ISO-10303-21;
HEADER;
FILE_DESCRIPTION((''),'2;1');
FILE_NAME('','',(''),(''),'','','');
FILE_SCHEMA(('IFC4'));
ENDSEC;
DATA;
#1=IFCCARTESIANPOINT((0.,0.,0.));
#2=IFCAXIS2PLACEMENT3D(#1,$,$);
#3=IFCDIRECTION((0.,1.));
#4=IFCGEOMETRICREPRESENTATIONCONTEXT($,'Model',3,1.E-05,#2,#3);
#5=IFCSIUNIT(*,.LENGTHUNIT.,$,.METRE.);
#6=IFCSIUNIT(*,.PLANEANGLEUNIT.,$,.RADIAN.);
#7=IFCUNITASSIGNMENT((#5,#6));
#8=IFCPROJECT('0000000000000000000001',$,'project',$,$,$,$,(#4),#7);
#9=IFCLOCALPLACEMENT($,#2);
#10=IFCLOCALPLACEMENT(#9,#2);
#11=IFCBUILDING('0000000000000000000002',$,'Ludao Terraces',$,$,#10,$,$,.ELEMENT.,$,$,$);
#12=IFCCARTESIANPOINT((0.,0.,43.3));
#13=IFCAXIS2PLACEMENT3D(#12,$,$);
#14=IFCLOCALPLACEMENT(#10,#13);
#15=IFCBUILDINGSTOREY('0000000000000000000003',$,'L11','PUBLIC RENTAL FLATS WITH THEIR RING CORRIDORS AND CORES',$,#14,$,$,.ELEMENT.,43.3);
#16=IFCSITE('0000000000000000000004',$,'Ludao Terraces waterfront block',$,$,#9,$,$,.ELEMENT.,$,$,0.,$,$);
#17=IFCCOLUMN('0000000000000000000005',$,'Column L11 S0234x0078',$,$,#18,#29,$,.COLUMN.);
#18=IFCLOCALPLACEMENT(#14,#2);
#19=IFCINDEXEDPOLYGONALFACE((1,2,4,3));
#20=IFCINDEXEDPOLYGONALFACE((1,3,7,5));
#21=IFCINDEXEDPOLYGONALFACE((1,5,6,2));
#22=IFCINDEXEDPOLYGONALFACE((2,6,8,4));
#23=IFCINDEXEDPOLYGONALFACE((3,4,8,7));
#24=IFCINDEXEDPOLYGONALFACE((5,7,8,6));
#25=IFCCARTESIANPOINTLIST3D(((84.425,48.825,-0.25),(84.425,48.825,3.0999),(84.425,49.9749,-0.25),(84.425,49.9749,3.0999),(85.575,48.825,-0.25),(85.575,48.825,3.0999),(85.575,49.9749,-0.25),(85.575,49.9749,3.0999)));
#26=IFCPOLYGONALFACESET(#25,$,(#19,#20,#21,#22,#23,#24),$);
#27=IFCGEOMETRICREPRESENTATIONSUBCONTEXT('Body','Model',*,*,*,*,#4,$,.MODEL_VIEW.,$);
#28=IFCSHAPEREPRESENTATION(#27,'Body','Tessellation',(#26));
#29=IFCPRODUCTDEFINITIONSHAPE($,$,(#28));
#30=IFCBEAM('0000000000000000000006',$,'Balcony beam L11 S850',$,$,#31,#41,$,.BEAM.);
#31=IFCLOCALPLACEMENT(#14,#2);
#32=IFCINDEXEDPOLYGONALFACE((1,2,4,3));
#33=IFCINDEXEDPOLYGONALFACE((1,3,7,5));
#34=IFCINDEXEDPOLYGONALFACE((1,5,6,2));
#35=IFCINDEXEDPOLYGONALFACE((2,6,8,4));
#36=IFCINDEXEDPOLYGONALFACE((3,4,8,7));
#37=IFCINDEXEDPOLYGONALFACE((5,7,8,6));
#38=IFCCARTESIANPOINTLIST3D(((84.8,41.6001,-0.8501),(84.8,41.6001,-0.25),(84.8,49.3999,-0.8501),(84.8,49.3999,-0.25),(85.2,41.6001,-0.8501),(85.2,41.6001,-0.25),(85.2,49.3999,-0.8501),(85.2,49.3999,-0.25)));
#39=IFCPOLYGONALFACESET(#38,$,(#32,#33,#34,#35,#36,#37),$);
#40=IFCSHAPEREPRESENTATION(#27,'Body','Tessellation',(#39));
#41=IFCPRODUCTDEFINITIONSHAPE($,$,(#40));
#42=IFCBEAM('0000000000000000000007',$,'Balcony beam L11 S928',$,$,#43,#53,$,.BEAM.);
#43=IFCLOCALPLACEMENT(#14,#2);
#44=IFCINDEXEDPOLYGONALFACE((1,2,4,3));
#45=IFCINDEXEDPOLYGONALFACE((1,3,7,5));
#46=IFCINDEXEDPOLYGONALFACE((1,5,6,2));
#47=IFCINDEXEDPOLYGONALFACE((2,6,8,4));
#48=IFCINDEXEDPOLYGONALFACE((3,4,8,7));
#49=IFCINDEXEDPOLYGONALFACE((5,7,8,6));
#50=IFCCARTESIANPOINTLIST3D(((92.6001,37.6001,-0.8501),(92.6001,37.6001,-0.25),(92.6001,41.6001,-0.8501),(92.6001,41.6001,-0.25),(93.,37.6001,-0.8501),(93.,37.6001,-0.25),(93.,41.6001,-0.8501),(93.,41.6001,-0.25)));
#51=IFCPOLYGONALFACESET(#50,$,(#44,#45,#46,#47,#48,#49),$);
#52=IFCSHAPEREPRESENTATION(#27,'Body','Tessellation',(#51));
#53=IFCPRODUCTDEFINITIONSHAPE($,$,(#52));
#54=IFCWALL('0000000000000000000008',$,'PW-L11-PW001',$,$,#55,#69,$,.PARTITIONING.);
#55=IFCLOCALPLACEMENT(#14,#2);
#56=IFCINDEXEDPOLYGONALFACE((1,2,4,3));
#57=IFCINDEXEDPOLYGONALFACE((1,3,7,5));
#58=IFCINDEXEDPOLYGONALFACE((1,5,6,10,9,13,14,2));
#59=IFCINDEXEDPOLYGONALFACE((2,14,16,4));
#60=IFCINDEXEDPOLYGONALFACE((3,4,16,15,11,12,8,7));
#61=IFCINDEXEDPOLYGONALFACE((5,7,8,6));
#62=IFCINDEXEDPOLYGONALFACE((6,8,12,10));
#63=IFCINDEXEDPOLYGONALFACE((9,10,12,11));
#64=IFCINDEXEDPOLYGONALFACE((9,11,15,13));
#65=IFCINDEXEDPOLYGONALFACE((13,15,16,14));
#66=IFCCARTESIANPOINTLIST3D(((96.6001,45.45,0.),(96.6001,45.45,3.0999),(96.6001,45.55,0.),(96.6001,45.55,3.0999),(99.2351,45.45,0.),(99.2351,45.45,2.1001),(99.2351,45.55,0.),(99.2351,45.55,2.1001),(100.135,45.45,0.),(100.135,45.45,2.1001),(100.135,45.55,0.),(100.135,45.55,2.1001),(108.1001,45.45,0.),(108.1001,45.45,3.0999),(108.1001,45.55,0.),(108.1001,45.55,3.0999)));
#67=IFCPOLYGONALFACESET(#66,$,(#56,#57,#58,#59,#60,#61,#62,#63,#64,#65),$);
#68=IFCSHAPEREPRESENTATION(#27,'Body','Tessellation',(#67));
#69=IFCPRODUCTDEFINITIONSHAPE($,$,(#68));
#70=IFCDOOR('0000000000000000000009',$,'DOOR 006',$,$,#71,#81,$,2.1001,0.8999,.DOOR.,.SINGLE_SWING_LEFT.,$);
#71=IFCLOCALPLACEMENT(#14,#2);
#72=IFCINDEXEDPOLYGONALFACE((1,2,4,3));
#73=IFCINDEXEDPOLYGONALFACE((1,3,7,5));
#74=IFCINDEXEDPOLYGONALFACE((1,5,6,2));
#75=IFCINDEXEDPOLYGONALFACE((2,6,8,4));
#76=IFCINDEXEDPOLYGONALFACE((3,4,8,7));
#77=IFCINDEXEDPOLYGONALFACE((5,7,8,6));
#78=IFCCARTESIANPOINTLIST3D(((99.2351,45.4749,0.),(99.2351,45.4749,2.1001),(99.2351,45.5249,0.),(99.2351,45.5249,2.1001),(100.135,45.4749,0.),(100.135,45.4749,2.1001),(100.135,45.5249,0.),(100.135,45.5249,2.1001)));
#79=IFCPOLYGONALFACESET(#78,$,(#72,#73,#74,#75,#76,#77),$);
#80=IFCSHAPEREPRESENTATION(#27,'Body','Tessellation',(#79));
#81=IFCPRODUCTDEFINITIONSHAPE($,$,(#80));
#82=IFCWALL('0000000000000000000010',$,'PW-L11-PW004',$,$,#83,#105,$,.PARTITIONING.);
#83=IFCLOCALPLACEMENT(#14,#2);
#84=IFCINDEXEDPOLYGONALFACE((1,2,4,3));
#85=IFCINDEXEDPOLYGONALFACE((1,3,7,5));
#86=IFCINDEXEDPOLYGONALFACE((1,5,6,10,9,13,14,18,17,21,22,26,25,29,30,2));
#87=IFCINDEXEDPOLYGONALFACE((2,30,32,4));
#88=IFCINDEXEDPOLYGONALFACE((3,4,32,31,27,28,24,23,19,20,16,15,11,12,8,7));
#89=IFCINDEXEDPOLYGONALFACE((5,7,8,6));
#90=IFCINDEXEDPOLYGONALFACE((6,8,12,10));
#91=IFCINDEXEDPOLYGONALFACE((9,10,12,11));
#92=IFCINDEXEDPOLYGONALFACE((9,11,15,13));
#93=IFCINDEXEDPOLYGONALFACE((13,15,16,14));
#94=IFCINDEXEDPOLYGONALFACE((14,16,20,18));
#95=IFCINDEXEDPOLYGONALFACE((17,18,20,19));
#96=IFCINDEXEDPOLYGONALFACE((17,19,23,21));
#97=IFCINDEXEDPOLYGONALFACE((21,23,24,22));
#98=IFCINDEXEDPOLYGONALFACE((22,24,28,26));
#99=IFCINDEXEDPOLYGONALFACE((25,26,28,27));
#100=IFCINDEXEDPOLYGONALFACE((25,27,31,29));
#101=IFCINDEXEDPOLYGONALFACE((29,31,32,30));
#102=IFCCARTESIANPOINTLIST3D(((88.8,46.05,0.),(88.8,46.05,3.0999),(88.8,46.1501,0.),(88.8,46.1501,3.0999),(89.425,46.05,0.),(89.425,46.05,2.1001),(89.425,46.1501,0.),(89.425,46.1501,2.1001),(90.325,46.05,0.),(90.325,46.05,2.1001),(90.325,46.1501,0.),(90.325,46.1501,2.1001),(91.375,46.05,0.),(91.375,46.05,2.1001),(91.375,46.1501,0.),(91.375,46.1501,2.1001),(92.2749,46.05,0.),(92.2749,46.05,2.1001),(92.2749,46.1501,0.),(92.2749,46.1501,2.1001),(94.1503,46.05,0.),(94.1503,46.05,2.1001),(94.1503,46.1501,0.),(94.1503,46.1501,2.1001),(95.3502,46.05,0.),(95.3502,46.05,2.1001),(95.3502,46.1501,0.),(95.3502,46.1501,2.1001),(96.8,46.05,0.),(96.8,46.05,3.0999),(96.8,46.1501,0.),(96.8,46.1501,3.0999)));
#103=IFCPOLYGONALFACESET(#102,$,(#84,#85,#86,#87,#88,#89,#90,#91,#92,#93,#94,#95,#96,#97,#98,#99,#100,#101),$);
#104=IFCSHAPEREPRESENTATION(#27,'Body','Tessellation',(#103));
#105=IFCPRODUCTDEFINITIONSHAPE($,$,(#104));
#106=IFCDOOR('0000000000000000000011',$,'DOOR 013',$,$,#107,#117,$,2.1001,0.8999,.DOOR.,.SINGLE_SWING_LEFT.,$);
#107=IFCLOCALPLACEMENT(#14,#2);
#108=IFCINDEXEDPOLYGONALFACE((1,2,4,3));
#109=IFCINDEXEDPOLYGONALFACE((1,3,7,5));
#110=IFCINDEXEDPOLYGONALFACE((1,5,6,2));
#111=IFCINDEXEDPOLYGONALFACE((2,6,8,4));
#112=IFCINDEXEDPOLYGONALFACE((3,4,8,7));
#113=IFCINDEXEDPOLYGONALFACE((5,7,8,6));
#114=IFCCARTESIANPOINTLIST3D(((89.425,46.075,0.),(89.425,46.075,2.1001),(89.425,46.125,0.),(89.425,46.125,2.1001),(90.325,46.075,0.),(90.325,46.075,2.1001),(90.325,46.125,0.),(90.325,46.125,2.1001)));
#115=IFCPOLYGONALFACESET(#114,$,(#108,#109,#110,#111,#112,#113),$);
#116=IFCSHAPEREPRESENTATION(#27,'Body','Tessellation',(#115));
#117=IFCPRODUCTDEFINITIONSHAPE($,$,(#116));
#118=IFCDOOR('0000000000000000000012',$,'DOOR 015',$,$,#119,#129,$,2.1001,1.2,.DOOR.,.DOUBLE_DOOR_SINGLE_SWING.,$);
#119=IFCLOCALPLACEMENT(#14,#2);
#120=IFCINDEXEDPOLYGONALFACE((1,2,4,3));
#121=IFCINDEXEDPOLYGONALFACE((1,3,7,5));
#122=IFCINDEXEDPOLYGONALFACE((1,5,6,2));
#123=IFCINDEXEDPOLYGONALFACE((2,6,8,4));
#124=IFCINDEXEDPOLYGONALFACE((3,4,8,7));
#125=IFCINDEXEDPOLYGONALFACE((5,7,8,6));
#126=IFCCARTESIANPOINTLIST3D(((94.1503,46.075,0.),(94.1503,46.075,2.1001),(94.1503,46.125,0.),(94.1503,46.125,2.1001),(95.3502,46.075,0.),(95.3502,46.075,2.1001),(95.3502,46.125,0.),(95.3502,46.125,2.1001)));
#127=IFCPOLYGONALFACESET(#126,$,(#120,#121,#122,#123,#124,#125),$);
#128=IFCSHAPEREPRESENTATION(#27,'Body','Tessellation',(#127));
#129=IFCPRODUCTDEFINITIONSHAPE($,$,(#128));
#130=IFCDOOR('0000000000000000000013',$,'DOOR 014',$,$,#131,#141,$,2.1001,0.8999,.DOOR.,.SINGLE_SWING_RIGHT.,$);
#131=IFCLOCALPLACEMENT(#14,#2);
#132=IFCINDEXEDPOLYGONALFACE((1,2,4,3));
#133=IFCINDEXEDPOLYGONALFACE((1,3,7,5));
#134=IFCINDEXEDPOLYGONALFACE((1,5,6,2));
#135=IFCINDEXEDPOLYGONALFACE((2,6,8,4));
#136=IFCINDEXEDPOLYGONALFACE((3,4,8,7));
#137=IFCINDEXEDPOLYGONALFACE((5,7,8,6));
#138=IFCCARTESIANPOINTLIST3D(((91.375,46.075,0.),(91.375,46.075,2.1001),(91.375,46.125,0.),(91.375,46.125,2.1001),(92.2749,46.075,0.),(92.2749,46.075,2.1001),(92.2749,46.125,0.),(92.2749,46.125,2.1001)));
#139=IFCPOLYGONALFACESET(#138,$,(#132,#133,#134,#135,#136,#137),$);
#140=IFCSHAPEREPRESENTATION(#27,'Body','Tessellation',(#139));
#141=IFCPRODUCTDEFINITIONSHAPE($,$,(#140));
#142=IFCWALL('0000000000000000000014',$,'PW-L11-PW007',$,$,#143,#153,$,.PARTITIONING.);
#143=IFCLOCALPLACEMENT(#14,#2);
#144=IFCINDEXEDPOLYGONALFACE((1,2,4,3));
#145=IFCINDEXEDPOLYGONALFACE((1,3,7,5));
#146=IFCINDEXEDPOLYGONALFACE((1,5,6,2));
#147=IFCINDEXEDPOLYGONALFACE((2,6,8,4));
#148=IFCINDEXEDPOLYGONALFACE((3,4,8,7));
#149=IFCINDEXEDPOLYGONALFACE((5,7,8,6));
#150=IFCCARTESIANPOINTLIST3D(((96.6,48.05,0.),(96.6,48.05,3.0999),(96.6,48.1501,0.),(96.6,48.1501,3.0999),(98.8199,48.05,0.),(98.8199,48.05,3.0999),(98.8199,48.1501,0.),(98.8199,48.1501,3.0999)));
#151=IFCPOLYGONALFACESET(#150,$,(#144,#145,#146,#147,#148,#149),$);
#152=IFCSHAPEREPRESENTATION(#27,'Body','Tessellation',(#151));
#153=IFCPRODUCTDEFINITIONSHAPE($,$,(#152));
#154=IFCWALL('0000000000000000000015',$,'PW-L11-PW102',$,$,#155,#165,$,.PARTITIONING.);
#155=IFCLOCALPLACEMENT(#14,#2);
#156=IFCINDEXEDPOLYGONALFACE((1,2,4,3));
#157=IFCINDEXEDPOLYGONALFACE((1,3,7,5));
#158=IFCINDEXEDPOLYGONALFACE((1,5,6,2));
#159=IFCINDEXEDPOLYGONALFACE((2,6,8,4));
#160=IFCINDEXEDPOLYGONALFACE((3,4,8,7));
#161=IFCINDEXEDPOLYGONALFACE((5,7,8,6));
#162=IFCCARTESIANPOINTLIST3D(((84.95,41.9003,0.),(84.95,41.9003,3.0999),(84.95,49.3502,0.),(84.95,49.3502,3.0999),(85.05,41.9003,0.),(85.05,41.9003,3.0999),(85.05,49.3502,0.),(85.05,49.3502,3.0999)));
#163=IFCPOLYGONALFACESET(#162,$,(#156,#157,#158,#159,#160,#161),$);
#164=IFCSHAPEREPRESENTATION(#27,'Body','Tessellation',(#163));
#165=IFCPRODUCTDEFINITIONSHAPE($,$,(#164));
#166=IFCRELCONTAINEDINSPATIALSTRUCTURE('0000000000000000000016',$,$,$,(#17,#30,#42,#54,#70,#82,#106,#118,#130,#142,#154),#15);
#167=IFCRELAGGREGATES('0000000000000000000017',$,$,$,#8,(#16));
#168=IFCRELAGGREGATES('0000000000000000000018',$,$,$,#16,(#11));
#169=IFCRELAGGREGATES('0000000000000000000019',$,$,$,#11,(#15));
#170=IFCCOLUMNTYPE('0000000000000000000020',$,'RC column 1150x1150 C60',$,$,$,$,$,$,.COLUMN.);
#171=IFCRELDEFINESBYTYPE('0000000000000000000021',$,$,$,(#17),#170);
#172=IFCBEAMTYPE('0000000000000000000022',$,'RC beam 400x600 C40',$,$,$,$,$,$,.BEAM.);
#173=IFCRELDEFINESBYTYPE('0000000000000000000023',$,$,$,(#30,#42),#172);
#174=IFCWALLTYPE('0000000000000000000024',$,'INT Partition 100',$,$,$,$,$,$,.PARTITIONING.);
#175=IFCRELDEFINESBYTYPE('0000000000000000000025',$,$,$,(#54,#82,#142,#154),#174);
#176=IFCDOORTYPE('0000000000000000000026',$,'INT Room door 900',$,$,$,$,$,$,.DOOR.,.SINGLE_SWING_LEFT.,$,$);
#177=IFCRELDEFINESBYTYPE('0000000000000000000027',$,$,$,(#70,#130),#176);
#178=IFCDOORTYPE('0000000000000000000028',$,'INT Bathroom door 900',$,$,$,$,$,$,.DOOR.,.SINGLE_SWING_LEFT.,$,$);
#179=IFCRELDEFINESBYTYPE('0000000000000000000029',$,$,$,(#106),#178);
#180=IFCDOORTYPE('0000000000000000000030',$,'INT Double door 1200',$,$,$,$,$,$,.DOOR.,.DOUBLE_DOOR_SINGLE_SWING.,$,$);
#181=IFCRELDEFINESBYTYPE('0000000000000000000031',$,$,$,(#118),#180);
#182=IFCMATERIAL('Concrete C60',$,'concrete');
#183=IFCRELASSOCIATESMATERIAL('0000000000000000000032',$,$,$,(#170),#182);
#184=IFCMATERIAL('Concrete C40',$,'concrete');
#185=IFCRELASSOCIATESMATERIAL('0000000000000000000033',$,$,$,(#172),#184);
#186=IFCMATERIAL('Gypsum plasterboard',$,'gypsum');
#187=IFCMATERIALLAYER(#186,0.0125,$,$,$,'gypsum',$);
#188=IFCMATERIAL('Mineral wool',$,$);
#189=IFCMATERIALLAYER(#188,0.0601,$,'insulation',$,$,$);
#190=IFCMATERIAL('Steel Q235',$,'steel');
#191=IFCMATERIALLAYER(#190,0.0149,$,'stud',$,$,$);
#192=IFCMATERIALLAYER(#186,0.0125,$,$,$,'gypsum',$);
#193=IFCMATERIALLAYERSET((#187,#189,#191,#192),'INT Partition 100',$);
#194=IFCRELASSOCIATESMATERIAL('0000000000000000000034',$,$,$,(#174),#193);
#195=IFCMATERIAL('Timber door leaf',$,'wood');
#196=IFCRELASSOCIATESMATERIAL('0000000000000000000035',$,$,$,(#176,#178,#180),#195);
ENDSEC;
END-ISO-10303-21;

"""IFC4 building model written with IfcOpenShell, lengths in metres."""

from ifc_helpers import new_model, si_unit, direction, frame, frame_2d, origin, origin_2d, place, context, subcontext, project, spatial, rectangle, extrude, material, layer, layer_set, material_profile, profile_set, type_object, element, fill, save


model = new_model("IFC4")

# Units and contexts
model_context = context("Model", 3, precision=1e-05, world=origin(), true_north=direction((0.0, 1.0)))
body_context = subcontext(model_context, "Body", "Model", "MODEL_VIEW")
ifc_project = project(units=[si_unit("LENGTHUNIT", "METRE"), si_unit("PLANEANGLEUNIT", "RADIAN")], contexts=[model_context])

# Site, building, storey
site_placement = place(None, origin())
site = spatial("IfcSite", under=ifc_project, at=site_placement, Name="Ludao Terraces waterfront block", CompositionType="ELEMENT", RefElevation=0.0)
building_placement = place(site_placement, origin())
building = spatial("IfcBuilding", under=site, at=building_placement, Name="Ludao Terraces", CompositionType="ELEMENT")
storey_placement = place(building_placement, frame((0.0, 0.0, 43.3)))
storey = spatial("IfcBuildingStorey", under=building, at=storey_placement, Name="L11", Description="PUBLIC RENTAL FLATS WITH THEIR RING CORRIDORS AND CORES", CompositionType="ELEMENT", Elevation=43.3)

# Column
ifc_material_1 = material(Name="Concrete C60", Category="concrete")
ifc_material_profile_1 = material_profile(ifc_material_1, rectangle(XDim=1.1499, YDim=1.1499, at=origin_2d()), Name="1150 X 1150")
ifc_profile_set_1 = profile_set([ifc_material_profile_1], Name="Concrete C60")
column_type = type_object("IfcColumnType", Name="RC column 1150x1150 C60", PredefinedType="COLUMN", material=ifc_profile_set_1)
column_placement = place(storey_placement, frame((85.0, 49.3999, -0.25), z_axis=(0.0, 0.0, 1.0), x_axis=(1.0, 0.0, 0.0)))
element("IfcColumn", 1, at=column_placement, inside=storey, type_object=column_type, Name="Column L11 S0234x0078", PredefinedType="COLUMN", context=body_context, shape_type="SweptSolid", body=[
    extrude(rectangle(XDim=1.1499, YDim=1.1499, at=origin_2d()), origin(), (0.0, 0.0, 1.0), 3.3499),
])

# Beams
ifc_material_2 = material(Name="Concrete C40", Category="concrete")
ifc_material_profile_2 = material_profile(ifc_material_2, rectangle(XDim=0.3999, YDim=0.6001, at=origin_2d()), Name="400 X 600")
ifc_profile_set_2 = profile_set([ifc_material_profile_2], Name="Concrete C40")
beam_type = type_object("IfcBeamType", Name="RC beam 400x600 C40", PredefinedType="BEAM", material=ifc_profile_set_2)
beam_1_placement = place(storey_placement, frame((85.0, 49.3999, -0.55), z_axis=(0.0, -1.0, 0.0), x_axis=(1.0, 0.0, 0.0)))
element("IfcBeam", 2, at=beam_1_placement, inside=storey, type_object=beam_type, Name="Balcony beam L11 S850", PredefinedType="BEAM", context=body_context, shape_type="SweptSolid", body=[
    extrude(rectangle(XDim=0.3999, YDim=0.6001, at=origin_2d()), origin(), (0.0, 0.0, 1.0), 7.7998),
])
beam_2_placement = place(storey_placement, frame((92.8, 41.6001, -0.55), z_axis=(0.0, -1.0, 0.0), x_axis=(1.0, 0.0, 0.0)))
element("IfcBeam", 3, at=beam_2_placement, inside=storey, type_object=beam_type, Name="Balcony beam L11 S928", PredefinedType="BEAM", context=body_context, shape_type="SweptSolid", body=[
    extrude(rectangle(XDim=0.3999, YDim=0.6001, at=origin_2d()), origin(), (0.0, 0.0, 1.0), 4.0),
])

# Shared definitions
ifc_material_3 = material(Name="Mineral wool")

# Wall, opening, door
ifc_material_4 = material(Name="Gypsum plasterboard", Category="gypsum")
ifc_layer_1 = layer(ifc_material_4, 0.0125, Category="gypsum")
ifc_layer_2 = layer(ifc_material_3, 0.0601, Name="insulation")
ifc_material_5 = material(Name="Steel Q235", Category="steel")
ifc_layer_3 = layer(ifc_material_5, 0.0149, Name="stud")
ifc_layer_4 = layer(ifc_material_4, 0.0125, Category="gypsum")
ifc_layer_set_1 = layer_set([ifc_layer_1, ifc_layer_2, ifc_layer_3, ifc_layer_4], Name="INT Partition 100")
wall_type_1 = type_object("IfcWallType", Name="INT Partition 100", PredefinedType="PARTITIONING", material=ifc_layer_set_1)
wall_1_placement = place(storey_placement, frame((96.6001, 45.5, 0.0), z_axis=(0.0, 0.0, 1.0), x_axis=(1.0, 0.0, 0.0)))
wall_1 = element("IfcWall", 4, at=wall_1_placement, inside=storey, type_object=wall_type_1, Name="PW-L11-PW001", PredefinedType="PARTITIONING", context=body_context, shape_type="SweptSolid", body=[
    extrude(rectangle(XDim=11.5, YDim=0.1001, at=frame_2d((5.75, 0.0))), origin(), (0.0, 0.0, 1.0), 3.0999),
])
opening_1_placement = place(wall_1_placement, frame((2.635, 0.0, 0.0)))
opening_1 = element("IfcOpeningElement", 5, at=opening_1_placement, cuts=wall_1, PredefinedType="OPENING", context=body_context, shape_type="SweptSolid", body=[
    extrude(rectangle(XDim=0.8999, YDim=2.1001, at=frame_2d((0.45, 1.05))), frame((0.0, 0.0601, 0.0), z_axis=(0.0, -1.0, 0.0), x_axis=(1.0, 0.0, 0.0)), (0.0, 0.0, 1.0), 0.1201),
])
ifc_material_6 = material(Name="Timber door leaf", Category="wood")
door_type_1 = type_object("IfcDoorType", Name="INT Room door 900", OperationType="SINGLE_SWING_LEFT", PredefinedType="DOOR", material=ifc_material_6)
door_1_placement = place(opening_1_placement, origin())
door_1 = element("IfcDoor", 6, at=door_1_placement, inside=storey, type_object=door_type_1, Name="DOOR 006", OperationType="SINGLE_SWING_LEFT", OverallHeight=2.1001, OverallWidth=0.8999, PredefinedType="DOOR", context=body_context, shape_type="SweptSolid", body=[
    extrude(rectangle(XDim=0.8999, YDim=2.1001, at=frame_2d((0.45, 1.05))), frame((0.0, 0.0249, 0.0), z_axis=(0.0, -1.0, 0.0), x_axis=(1.0, 0.0, 0.0)), (0.0, 0.0, 1.0), 0.05),
])
fill(opening_1, door_1)

# Wall, openings, doors
wall_2_placement = place(storey_placement, frame((88.8, 46.1001, 0.0), z_axis=(0.0, 0.0, 1.0), x_axis=(1.0, 0.0, 0.0)))
wall_2 = element("IfcWall", 7, at=wall_2_placement, inside=storey, type_object=wall_type_1, Name="PW-L11-PW004", PredefinedType="PARTITIONING", context=body_context, shape_type="SweptSolid", body=[
    extrude(rectangle(XDim=8.0, YDim=0.1001, at=frame_2d((4.0, 0.0))), origin(), (0.0, 0.0, 1.0), 3.0999),
])
opening_2_placement = place(wall_2_placement, frame((0.625, 0.0, 0.0)))
opening_2 = element("IfcOpeningElement", 8, at=opening_2_placement, cuts=wall_2, PredefinedType="OPENING", context=body_context, shape_type="SweptSolid", body=[
    extrude(rectangle(XDim=0.8999, YDim=2.1001, at=frame_2d((0.45, 1.05))), frame((0.0, 0.0601, 0.0), z_axis=(0.0, -1.0, 0.0), x_axis=(1.0, 0.0, 0.0)), (0.0, 0.0, 1.0), 0.1201),
])
opening_3_placement = place(wall_2_placement, frame((2.575, 0.0, 0.0)))
opening_3 = element("IfcOpeningElement", 9, at=opening_3_placement, cuts=wall_2, PredefinedType="OPENING", context=body_context, shape_type="SweptSolid", body=[
    extrude(rectangle(XDim=0.8999, YDim=2.1001, at=frame_2d((0.45, 1.05))), frame((0.0, 0.0601, 0.0), z_axis=(0.0, -1.0, 0.0), x_axis=(1.0, 0.0, 0.0)), (0.0, 0.0, 1.0), 0.1201),
])
opening_4_placement = place(wall_2_placement, frame((5.3501, 0.0, 0.0)))
opening_4 = element("IfcOpeningElement", 10, at=opening_4_placement, cuts=wall_2, PredefinedType="OPENING", context=body_context, shape_type="SweptSolid", body=[
    extrude(rectangle(XDim=1.2, YDim=2.1001, at=frame_2d((0.6001, 1.05))), frame((0.0, 0.0601, 0.0), z_axis=(0.0, -1.0, 0.0), x_axis=(1.0, 0.0, 0.0)), (0.0, 0.0, 1.0), 0.1201),
])
door_type_2 = type_object("IfcDoorType", Name="INT Bathroom door 900", OperationType="SINGLE_SWING_LEFT", PredefinedType="DOOR", material=ifc_material_6)
door_2_placement = place(opening_2_placement, origin())
door_2 = element("IfcDoor", 11, at=door_2_placement, inside=storey, type_object=door_type_2, Name="DOOR 013", OperationType="SINGLE_SWING_LEFT", OverallHeight=2.1001, OverallWidth=0.8999, PredefinedType="DOOR", context=body_context, shape_type="SweptSolid", body=[
    extrude(rectangle(XDim=0.8999, YDim=2.1001, at=frame_2d((0.45, 1.05))), frame((0.0, 0.0249, 0.0), z_axis=(0.0, -1.0, 0.0), x_axis=(1.0, 0.0, 0.0)), (0.0, 0.0, 1.0), 0.05),
])
fill(opening_2, door_2)
door_type_3 = type_object("IfcDoorType", Name="INT Double door 1200", OperationType="DOUBLE_DOOR_SINGLE_SWING", PredefinedType="DOOR", material=ifc_material_6)
door_3_placement = place(opening_4_placement, origin())
door_3 = element("IfcDoor", 12, at=door_3_placement, inside=storey, type_object=door_type_3, Name="DOOR 015", OperationType="DOUBLE_DOOR_SINGLE_SWING", OverallHeight=2.1001, OverallWidth=1.2, PredefinedType="DOOR", context=body_context, shape_type="SweptSolid", body=[
    extrude(rectangle(XDim=1.2, YDim=2.1001, at=frame_2d((0.6001, 1.05))), frame((0.0, 0.0249, 0.0), z_axis=(0.0, -1.0, 0.0), x_axis=(1.0, 0.0, 0.0)), (0.0, 0.0, 1.0), 0.05),
])
fill(opening_4, door_3)
door_4_placement = place(opening_3_placement, origin())
door_4 = element("IfcDoor", 13, at=door_4_placement, inside=storey, type_object=door_type_1, Name="DOOR 014", OperationType="SINGLE_SWING_RIGHT", OverallHeight=2.1001, OverallWidth=0.8999, PredefinedType="DOOR", context=body_context, shape_type="SweptSolid", body=[
    extrude(rectangle(XDim=0.8999, YDim=2.1001, at=frame_2d((0.45, 1.05))), frame((0.0, 0.0249, 0.0), z_axis=(0.0, -1.0, 0.0), x_axis=(1.0, 0.0, 0.0)), (0.0, 0.0, 1.0), 0.05),
])
fill(opening_3, door_4)

# Walls
wall_3_placement = place(storey_placement, frame((96.6001, 48.1001, 0.0), z_axis=(0.0, 0.0, 1.0), x_axis=(1.0, 0.0, 0.0)))
element("IfcWall", 14, at=wall_3_placement, inside=storey, type_object=wall_type_1, Name="PW-L11-PW007", PredefinedType="PARTITIONING", context=body_context, shape_type="SweptSolid", body=[
    extrude(rectangle(XDim=2.22, YDim=0.1001, at=frame_2d((1.1099, 0.0))), origin(), (0.0, 0.0, 1.0), 3.0999),
])
wall_4_placement = place(storey_placement, frame((85.0, 41.9001, 0.0), z_axis=(0.0, 0.0, 1.0), x_axis=(0.0, 1.0, 0.0)))
element("IfcWall", 15, at=wall_4_placement, inside=storey, type_object=wall_type_1, Name="PW-L11-PW102", PredefinedType="PARTITIONING", context=body_context, shape_type="SweptSolid", body=[
    extrude(rectangle(XDim=7.45, YDim=0.1001, at=frame_2d((3.7251, 0.0))), origin(), (0.0, 0.0, 1.0), 3.0999),
])

save(model, "model.ifc")
